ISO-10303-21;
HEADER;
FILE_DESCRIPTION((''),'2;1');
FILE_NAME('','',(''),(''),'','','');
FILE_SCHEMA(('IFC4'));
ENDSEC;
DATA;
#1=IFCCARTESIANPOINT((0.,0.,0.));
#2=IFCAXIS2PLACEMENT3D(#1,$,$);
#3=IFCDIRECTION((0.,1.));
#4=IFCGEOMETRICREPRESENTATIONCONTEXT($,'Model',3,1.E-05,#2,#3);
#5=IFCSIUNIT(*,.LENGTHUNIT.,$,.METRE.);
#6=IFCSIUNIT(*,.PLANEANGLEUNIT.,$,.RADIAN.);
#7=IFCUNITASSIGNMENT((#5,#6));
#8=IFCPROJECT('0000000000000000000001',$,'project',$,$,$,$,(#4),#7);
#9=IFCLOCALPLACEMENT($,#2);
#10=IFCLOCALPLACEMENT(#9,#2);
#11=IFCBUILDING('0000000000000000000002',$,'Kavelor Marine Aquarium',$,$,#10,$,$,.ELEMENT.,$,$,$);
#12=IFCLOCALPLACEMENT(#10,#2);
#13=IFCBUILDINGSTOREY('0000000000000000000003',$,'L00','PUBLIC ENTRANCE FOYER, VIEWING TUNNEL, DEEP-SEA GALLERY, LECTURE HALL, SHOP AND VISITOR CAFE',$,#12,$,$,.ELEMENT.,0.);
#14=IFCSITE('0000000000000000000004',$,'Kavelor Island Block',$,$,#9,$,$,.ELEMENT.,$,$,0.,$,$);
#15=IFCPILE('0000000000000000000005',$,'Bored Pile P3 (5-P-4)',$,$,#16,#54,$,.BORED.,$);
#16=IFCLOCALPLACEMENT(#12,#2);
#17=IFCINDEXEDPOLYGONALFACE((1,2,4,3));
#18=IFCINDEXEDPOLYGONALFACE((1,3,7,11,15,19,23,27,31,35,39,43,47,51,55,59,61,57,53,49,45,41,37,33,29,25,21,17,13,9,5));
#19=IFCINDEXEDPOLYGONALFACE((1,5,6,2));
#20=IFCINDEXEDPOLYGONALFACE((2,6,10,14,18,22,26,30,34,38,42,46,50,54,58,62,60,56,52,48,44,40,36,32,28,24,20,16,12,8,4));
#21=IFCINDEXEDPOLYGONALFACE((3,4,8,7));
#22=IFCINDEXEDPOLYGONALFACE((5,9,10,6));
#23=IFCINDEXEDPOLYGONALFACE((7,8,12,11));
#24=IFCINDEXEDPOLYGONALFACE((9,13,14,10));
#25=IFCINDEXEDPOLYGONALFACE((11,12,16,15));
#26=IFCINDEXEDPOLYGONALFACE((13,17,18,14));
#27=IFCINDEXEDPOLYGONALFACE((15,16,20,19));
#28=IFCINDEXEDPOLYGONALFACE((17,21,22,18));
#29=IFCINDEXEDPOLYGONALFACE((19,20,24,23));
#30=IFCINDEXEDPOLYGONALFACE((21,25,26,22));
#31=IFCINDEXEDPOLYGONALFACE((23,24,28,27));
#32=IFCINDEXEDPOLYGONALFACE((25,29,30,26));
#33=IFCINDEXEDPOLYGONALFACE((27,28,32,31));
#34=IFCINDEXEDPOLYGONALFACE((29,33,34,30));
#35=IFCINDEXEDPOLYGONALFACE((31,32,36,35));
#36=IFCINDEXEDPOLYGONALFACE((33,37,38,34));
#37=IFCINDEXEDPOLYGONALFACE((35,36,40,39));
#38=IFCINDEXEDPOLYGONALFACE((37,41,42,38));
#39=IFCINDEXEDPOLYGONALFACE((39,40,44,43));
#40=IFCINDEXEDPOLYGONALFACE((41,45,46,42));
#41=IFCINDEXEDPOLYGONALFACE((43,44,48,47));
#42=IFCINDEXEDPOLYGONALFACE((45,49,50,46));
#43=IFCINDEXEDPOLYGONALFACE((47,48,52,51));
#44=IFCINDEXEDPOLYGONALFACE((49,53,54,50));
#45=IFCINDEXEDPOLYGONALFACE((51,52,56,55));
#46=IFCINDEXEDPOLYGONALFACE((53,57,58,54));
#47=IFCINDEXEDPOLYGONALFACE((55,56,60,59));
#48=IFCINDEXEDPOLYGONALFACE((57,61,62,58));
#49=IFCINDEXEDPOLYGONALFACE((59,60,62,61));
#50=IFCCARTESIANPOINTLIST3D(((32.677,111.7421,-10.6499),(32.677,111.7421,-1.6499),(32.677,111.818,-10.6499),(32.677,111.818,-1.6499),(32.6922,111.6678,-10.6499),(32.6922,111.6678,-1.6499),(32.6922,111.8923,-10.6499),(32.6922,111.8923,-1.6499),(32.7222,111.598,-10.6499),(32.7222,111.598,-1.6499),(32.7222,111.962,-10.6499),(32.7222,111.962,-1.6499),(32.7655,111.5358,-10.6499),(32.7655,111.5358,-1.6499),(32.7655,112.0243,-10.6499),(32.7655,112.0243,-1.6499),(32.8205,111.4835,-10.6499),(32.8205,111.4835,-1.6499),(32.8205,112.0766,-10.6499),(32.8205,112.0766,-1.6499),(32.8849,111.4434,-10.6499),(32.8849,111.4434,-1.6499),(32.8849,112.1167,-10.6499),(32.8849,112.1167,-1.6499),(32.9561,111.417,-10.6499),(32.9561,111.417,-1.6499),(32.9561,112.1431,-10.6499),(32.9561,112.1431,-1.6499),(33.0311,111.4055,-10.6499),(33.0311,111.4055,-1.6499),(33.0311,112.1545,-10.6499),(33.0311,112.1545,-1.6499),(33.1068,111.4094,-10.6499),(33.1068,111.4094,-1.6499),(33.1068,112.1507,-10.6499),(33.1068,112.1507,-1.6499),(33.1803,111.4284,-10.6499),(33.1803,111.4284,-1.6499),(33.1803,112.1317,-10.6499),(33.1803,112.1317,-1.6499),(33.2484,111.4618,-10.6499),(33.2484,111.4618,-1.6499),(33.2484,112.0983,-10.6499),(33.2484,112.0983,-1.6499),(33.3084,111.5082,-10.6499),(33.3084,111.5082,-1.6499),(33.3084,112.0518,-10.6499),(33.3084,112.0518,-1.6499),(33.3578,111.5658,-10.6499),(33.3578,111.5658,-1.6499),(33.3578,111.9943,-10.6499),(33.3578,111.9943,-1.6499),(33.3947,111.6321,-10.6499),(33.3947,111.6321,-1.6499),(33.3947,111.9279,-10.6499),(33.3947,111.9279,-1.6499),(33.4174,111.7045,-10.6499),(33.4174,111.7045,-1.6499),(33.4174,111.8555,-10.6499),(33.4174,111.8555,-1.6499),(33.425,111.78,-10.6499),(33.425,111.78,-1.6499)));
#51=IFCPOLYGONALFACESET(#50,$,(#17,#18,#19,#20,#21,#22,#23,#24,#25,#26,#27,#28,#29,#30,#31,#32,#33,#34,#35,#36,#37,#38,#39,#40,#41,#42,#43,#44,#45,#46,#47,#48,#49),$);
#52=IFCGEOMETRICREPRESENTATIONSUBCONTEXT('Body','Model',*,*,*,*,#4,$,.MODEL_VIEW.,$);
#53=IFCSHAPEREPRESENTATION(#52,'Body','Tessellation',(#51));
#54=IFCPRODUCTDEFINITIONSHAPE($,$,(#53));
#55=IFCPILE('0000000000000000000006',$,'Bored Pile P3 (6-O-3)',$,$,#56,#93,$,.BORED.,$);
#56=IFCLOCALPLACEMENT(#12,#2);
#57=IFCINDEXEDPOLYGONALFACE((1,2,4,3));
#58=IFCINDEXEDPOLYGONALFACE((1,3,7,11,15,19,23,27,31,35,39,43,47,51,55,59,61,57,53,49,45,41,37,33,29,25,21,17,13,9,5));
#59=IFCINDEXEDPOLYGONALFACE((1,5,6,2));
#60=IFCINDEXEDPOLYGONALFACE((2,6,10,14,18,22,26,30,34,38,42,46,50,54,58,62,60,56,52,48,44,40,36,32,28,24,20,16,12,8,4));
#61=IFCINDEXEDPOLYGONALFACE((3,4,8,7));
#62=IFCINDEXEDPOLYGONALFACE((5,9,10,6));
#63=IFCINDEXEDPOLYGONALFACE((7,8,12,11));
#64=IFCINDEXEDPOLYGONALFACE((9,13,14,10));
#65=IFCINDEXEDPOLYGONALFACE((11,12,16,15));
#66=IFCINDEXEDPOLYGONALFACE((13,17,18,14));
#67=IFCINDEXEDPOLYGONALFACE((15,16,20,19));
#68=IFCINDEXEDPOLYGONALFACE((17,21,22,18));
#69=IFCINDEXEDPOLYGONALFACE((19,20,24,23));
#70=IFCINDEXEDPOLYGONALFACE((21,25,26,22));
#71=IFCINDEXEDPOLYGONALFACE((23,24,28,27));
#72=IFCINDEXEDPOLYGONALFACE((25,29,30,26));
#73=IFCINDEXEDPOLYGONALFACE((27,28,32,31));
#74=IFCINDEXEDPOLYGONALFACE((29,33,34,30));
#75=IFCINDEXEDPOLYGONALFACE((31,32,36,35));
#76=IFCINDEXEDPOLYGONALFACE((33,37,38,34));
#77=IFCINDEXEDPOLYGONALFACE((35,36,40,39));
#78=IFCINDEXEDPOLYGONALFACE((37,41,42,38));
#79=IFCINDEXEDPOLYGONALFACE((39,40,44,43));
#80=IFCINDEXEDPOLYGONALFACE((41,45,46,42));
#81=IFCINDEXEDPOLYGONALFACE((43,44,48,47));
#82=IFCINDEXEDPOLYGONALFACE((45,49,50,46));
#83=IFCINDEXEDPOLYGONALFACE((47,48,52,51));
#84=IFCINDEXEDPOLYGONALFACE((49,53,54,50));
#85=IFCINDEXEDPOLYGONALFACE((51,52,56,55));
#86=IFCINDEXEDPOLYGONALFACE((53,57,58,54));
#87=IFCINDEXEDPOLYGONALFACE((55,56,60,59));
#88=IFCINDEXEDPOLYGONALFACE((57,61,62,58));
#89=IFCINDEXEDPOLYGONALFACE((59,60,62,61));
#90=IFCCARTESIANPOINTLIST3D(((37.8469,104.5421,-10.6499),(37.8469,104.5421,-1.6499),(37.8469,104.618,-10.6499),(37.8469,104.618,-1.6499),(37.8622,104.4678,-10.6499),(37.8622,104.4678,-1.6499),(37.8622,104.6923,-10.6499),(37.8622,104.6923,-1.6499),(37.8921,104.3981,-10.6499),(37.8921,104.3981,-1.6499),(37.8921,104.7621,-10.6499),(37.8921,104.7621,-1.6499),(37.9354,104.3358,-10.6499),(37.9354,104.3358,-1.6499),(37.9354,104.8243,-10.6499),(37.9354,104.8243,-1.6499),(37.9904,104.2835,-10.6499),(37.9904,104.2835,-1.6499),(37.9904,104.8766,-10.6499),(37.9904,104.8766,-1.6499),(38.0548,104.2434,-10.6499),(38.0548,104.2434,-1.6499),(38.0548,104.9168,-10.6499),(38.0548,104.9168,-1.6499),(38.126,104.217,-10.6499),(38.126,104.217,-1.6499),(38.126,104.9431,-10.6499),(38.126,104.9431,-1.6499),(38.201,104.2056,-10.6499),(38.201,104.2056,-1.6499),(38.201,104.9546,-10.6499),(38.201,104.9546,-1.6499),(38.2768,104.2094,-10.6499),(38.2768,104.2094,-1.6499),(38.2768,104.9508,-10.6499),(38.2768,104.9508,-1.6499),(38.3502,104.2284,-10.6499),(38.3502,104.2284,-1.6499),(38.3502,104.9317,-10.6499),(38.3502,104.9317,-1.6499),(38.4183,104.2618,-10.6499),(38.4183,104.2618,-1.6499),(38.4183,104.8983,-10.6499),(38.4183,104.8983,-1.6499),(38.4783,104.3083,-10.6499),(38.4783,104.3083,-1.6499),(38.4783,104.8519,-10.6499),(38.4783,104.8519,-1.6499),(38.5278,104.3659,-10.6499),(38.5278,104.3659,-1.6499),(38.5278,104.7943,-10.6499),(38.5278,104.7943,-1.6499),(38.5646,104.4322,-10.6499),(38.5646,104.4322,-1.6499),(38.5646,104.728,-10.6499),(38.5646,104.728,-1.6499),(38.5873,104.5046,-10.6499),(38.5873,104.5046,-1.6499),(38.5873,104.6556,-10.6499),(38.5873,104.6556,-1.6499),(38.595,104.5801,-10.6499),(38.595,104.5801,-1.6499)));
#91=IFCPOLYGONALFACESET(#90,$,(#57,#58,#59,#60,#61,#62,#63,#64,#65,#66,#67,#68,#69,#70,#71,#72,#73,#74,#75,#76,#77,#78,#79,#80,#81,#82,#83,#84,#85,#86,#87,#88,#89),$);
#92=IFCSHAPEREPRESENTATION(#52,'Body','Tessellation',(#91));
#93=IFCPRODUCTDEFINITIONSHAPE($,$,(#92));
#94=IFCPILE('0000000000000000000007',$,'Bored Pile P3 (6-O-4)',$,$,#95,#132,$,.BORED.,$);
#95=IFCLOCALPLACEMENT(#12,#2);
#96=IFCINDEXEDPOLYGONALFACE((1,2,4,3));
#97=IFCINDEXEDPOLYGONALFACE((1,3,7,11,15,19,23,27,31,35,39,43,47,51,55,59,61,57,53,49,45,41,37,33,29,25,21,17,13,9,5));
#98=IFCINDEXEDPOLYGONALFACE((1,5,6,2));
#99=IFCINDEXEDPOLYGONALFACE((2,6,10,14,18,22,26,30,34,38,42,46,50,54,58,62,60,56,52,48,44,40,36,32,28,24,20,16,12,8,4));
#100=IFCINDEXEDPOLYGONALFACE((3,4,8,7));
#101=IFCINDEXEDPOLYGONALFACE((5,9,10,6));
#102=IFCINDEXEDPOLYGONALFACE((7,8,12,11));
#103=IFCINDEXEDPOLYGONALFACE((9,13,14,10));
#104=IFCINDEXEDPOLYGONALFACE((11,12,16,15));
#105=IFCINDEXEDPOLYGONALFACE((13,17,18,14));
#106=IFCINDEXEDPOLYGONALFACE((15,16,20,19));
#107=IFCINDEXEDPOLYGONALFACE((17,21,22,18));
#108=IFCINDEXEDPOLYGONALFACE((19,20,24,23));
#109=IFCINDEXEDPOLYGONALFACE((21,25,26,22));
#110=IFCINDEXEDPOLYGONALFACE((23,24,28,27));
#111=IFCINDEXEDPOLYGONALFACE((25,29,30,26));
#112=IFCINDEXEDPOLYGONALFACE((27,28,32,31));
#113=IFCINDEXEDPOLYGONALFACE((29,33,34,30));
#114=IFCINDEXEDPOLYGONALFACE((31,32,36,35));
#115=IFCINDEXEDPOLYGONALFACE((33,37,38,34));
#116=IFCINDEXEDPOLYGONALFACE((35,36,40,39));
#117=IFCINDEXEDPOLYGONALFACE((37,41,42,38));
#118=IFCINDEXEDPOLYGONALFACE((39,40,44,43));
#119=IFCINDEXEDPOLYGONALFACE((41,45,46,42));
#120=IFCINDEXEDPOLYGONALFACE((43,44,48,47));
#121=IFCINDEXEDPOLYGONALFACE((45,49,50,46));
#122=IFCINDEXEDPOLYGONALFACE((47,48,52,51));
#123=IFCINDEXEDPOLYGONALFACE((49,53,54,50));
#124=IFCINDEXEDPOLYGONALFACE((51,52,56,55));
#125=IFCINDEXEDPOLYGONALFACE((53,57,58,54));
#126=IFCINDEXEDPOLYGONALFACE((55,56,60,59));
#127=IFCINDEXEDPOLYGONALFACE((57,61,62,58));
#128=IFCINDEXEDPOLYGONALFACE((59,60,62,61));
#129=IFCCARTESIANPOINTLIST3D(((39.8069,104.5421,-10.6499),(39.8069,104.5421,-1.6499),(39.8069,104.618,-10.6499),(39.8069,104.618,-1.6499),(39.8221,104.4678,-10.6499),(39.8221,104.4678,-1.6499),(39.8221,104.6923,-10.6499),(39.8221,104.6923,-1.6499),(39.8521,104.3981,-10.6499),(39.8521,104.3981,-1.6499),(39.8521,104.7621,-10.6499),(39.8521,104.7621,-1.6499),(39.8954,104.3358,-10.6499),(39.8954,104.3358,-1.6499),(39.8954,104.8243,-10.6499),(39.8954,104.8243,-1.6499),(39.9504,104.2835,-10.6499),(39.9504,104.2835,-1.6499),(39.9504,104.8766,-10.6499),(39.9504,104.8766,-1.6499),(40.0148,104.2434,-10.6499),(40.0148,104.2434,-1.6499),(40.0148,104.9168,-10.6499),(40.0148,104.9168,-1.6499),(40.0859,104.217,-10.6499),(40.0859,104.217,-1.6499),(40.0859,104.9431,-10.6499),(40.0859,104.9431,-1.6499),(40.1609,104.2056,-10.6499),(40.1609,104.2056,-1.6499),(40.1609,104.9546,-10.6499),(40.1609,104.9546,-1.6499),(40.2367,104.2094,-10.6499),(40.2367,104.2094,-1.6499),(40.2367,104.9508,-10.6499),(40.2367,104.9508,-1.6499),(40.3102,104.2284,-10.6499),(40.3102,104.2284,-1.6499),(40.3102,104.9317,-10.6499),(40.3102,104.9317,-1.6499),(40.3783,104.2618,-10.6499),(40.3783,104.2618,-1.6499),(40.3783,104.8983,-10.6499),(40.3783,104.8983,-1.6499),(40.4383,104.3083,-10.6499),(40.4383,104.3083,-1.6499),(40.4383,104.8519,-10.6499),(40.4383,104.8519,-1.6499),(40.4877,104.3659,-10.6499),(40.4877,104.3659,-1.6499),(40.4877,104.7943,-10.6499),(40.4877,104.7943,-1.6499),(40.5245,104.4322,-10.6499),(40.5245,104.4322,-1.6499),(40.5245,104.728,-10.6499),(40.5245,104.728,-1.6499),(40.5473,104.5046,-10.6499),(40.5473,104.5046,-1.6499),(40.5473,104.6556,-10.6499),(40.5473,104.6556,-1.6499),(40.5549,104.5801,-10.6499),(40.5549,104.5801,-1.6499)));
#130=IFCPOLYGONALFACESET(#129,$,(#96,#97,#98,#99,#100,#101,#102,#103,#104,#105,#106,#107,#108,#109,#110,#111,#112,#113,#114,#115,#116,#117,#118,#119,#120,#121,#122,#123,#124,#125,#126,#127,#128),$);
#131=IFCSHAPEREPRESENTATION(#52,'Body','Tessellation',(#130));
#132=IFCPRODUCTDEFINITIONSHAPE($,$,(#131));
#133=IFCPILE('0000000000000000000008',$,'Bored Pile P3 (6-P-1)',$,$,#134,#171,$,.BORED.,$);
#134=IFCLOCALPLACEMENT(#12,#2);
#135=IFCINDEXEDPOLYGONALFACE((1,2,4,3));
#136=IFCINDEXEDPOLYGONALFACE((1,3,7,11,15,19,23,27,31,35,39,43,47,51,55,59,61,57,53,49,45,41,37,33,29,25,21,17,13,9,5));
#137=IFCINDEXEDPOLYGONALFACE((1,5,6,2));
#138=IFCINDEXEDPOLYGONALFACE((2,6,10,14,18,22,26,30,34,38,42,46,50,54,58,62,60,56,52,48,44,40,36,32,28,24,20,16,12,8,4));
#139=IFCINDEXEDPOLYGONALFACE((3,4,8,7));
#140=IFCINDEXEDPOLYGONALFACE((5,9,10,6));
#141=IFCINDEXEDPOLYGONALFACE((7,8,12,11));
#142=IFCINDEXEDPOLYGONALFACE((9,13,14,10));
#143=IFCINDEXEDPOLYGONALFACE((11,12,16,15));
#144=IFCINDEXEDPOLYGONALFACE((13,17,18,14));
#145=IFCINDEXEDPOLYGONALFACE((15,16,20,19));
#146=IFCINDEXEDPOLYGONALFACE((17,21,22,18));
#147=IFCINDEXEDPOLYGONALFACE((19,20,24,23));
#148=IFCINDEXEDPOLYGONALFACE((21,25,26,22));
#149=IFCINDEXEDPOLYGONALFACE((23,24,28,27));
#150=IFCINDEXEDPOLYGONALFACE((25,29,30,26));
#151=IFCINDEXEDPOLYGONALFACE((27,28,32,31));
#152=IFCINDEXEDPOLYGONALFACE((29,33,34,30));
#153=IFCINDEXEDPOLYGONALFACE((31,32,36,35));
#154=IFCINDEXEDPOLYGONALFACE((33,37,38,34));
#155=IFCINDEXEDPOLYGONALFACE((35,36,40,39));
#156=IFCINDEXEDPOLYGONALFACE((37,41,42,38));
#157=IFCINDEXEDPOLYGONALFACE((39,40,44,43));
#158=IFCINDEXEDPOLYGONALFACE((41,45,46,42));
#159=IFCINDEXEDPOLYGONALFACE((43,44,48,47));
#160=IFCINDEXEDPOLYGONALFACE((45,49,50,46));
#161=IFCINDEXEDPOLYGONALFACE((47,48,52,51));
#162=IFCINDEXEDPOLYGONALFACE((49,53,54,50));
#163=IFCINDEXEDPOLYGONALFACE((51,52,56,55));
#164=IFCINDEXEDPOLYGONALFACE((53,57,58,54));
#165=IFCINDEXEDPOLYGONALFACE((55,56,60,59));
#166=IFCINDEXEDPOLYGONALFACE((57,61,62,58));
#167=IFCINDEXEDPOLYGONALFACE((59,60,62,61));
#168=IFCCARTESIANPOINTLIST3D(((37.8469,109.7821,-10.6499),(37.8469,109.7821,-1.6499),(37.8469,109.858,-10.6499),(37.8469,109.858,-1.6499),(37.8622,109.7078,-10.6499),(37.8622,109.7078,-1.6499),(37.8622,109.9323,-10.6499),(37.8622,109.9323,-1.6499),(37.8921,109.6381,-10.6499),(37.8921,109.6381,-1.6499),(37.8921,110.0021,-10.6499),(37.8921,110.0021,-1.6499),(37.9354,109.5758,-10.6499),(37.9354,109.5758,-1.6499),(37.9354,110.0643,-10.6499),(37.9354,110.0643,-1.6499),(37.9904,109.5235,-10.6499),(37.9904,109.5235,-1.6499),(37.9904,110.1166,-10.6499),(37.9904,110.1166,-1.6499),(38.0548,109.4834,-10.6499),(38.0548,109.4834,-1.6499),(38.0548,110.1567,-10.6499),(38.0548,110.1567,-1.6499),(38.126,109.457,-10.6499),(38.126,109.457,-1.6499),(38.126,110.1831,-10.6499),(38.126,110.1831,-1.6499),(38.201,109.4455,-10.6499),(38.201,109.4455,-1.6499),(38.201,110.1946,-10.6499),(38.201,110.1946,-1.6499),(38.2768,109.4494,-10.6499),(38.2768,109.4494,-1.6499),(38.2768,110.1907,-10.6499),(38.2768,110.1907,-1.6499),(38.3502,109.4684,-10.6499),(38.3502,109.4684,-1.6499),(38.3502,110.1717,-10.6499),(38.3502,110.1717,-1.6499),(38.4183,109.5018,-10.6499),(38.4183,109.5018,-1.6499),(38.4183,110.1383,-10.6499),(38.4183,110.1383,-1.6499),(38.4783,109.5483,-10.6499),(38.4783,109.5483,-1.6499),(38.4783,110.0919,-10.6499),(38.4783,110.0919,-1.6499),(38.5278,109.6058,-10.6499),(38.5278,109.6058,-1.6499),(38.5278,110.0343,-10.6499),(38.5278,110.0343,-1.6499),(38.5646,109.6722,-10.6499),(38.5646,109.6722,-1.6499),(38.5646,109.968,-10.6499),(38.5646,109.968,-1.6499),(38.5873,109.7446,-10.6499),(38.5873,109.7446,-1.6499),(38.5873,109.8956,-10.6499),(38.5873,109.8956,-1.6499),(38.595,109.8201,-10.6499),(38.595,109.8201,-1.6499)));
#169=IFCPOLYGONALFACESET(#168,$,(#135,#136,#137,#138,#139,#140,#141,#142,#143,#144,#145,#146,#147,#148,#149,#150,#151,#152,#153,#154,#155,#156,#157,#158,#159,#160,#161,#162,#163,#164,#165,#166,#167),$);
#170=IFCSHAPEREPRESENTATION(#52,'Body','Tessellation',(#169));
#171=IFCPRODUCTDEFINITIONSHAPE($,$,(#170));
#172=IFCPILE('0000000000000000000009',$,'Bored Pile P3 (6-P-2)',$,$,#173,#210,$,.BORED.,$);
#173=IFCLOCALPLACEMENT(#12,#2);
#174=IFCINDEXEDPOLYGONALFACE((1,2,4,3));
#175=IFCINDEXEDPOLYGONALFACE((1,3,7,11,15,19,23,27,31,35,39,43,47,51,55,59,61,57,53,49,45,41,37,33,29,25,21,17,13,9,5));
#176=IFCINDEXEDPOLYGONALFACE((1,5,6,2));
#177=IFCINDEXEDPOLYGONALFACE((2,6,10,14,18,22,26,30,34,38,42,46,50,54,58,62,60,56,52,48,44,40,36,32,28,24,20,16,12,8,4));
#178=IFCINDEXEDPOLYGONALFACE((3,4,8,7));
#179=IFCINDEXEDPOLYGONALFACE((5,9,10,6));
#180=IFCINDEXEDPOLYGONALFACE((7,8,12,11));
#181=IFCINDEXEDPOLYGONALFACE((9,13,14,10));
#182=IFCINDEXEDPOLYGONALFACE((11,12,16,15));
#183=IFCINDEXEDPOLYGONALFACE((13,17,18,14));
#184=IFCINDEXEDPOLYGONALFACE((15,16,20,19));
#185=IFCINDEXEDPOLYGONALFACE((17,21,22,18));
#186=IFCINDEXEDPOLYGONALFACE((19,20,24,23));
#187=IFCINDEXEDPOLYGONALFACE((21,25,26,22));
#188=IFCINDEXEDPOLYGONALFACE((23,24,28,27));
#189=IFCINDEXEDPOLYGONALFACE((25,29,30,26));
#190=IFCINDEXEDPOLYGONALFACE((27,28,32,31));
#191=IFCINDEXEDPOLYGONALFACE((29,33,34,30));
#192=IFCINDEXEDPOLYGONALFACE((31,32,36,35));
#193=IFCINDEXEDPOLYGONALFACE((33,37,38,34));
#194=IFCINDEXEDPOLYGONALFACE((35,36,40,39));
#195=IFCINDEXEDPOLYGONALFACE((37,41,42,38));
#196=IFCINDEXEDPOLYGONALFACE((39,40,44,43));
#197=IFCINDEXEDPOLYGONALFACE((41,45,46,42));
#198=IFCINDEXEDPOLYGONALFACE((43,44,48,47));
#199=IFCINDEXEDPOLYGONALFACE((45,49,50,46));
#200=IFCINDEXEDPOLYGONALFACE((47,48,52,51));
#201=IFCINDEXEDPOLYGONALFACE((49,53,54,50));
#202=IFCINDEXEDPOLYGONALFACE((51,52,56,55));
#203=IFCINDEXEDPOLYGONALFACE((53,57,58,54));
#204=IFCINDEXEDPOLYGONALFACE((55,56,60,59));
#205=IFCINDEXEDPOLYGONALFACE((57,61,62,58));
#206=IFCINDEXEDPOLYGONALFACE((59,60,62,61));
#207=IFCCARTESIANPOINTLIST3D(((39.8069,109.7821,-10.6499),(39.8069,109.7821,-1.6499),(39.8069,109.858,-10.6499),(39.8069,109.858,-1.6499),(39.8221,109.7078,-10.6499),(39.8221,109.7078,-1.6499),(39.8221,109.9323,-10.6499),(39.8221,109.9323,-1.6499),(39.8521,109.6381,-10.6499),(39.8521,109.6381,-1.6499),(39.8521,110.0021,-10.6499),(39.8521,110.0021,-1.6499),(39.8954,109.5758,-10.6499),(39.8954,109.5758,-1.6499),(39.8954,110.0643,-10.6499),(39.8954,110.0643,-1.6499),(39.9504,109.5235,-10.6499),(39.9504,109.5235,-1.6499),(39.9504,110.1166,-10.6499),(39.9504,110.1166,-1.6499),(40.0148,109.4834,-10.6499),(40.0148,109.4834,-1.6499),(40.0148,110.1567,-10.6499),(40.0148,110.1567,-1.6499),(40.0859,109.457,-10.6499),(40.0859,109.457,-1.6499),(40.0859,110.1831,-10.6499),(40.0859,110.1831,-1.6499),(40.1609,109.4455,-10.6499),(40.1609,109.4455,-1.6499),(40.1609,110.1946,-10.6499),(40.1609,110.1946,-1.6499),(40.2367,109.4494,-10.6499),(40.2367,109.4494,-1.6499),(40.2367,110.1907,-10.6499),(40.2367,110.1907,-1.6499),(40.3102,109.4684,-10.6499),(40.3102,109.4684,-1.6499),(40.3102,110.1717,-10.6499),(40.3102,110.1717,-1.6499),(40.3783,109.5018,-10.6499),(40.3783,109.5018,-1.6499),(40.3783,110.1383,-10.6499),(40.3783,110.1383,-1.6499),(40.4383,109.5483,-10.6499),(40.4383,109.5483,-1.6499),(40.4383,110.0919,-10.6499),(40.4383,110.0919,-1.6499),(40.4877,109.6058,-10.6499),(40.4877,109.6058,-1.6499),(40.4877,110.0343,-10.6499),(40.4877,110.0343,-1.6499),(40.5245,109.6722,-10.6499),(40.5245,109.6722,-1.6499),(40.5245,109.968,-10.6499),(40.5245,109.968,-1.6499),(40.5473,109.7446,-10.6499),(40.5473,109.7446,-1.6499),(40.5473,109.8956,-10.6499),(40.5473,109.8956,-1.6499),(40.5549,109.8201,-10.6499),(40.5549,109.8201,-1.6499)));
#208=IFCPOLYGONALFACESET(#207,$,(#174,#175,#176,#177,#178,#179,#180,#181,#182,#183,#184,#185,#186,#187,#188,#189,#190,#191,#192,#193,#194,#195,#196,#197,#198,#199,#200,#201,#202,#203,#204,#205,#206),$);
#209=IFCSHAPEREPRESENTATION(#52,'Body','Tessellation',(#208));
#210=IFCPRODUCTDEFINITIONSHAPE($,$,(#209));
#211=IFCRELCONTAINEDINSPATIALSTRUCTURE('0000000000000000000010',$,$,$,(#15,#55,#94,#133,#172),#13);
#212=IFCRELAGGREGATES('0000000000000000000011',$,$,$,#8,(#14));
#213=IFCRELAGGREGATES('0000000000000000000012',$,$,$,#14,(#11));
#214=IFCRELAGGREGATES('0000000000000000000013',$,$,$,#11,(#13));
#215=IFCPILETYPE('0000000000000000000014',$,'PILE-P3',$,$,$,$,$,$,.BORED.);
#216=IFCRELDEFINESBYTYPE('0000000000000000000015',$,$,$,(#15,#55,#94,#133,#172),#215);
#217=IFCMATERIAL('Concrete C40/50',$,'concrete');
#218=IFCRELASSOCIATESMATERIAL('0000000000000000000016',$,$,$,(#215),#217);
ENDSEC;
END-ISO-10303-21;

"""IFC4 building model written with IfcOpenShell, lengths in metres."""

from ifc_helpers import new_model, si_unit, direction, frame, origin, origin_2d, place, context, subcontext, project, spatial, circle, extrude, material, material_profile, profile_set, type_object, element, save


model = new_model("IFC4")

# Units and contexts
model_context = context("Model", 3, precision=1e-05, world=origin(), true_north=direction((0.0, 1.0)))
body_context = subcontext(model_context, "Body", "Model", "MODEL_VIEW")
ifc_project = project(units=[si_unit("LENGTHUNIT", "METRE"), si_unit("PLANEANGLEUNIT", "RADIAN")], contexts=[model_context])

# Site, building, storey
site_placement = place(None, origin())
site = spatial("IfcSite", under=ifc_project, at=site_placement, Name="Kavelor Island Block", CompositionType="ELEMENT", RefElevation=0.0)
building_placement = place(site_placement, origin())
building = spatial("IfcBuilding", under=site, at=building_placement, Name="Kavelor Marine Aquarium", CompositionType="ELEMENT")
storey_placement = place(building_placement, origin())
storey = spatial("IfcBuildingStorey", under=building, at=storey_placement, Name="L00", Description="PUBLIC ENTRANCE FOYER, VIEWING TUNNEL, DEEP-SEA GALLERY, LECTURE HALL, SHOP AND VISITOR CAFE", CompositionType="ELEMENT", Elevation=0.0)

# Piles
ifc_material_1 = material(Name="Concrete C40/50", Category="concrete")
ifc_material_profile_1 = material_profile(ifc_material_1, circle(Radius=0.375, at=origin_2d()), Name="PILE D750")
ifc_profile_set_1 = profile_set([ifc_material_profile_1], Name="Concrete C40/50")
pile_type_1 = type_object("IfcPileType", Name="PILE-P3", PredefinedType="BORED", material=ifc_profile_set_1)
for number, where, z_axis, x_axis, name in (
    (1, (33.05, 111.78, -1.6499), (0.0, 0.0, -1.0), (1.0, 0.0, 0.0), "Bored Pile P3 (5-P-4)"),
    (2, (38.22, 104.5801, -1.6499), (0.0, 0.0, -1.0), (1.0, 0.0, 0.0), "Bored Pile P3 (6-O-3)"),
    (3, (40.1799, 104.5801, -1.6499), (0.0, 0.0, -1.0), (1.0, 0.0, 0.0), "Bored Pile P3 (6-O-4)"),
    (4, (38.22, 109.8201, -1.6499), (0.0, 0.0, -1.0), (1.0, 0.0, 0.0), "Bored Pile P3 (6-P-1)"),
    (5, (40.1799, 109.8201, -1.6499), (0.0, 0.0, -1.0), (1.0, 0.0, 0.0), "Bored Pile P3 (6-P-2)"),
):
    element("IfcPile", number, at=place(storey_placement, frame(where, z_axis=z_axis, x_axis=x_axis)), inside=storey, type_object=pile_type_1, Name=name, PredefinedType="BORED", context=body_context, shape_type="SweptSolid", body=[
        extrude(circle(Radius=0.375, at=origin_2d()), origin(), (0.0, 0.0, 1.0), 9.0),
    ])

save(model, "model.ifc")
